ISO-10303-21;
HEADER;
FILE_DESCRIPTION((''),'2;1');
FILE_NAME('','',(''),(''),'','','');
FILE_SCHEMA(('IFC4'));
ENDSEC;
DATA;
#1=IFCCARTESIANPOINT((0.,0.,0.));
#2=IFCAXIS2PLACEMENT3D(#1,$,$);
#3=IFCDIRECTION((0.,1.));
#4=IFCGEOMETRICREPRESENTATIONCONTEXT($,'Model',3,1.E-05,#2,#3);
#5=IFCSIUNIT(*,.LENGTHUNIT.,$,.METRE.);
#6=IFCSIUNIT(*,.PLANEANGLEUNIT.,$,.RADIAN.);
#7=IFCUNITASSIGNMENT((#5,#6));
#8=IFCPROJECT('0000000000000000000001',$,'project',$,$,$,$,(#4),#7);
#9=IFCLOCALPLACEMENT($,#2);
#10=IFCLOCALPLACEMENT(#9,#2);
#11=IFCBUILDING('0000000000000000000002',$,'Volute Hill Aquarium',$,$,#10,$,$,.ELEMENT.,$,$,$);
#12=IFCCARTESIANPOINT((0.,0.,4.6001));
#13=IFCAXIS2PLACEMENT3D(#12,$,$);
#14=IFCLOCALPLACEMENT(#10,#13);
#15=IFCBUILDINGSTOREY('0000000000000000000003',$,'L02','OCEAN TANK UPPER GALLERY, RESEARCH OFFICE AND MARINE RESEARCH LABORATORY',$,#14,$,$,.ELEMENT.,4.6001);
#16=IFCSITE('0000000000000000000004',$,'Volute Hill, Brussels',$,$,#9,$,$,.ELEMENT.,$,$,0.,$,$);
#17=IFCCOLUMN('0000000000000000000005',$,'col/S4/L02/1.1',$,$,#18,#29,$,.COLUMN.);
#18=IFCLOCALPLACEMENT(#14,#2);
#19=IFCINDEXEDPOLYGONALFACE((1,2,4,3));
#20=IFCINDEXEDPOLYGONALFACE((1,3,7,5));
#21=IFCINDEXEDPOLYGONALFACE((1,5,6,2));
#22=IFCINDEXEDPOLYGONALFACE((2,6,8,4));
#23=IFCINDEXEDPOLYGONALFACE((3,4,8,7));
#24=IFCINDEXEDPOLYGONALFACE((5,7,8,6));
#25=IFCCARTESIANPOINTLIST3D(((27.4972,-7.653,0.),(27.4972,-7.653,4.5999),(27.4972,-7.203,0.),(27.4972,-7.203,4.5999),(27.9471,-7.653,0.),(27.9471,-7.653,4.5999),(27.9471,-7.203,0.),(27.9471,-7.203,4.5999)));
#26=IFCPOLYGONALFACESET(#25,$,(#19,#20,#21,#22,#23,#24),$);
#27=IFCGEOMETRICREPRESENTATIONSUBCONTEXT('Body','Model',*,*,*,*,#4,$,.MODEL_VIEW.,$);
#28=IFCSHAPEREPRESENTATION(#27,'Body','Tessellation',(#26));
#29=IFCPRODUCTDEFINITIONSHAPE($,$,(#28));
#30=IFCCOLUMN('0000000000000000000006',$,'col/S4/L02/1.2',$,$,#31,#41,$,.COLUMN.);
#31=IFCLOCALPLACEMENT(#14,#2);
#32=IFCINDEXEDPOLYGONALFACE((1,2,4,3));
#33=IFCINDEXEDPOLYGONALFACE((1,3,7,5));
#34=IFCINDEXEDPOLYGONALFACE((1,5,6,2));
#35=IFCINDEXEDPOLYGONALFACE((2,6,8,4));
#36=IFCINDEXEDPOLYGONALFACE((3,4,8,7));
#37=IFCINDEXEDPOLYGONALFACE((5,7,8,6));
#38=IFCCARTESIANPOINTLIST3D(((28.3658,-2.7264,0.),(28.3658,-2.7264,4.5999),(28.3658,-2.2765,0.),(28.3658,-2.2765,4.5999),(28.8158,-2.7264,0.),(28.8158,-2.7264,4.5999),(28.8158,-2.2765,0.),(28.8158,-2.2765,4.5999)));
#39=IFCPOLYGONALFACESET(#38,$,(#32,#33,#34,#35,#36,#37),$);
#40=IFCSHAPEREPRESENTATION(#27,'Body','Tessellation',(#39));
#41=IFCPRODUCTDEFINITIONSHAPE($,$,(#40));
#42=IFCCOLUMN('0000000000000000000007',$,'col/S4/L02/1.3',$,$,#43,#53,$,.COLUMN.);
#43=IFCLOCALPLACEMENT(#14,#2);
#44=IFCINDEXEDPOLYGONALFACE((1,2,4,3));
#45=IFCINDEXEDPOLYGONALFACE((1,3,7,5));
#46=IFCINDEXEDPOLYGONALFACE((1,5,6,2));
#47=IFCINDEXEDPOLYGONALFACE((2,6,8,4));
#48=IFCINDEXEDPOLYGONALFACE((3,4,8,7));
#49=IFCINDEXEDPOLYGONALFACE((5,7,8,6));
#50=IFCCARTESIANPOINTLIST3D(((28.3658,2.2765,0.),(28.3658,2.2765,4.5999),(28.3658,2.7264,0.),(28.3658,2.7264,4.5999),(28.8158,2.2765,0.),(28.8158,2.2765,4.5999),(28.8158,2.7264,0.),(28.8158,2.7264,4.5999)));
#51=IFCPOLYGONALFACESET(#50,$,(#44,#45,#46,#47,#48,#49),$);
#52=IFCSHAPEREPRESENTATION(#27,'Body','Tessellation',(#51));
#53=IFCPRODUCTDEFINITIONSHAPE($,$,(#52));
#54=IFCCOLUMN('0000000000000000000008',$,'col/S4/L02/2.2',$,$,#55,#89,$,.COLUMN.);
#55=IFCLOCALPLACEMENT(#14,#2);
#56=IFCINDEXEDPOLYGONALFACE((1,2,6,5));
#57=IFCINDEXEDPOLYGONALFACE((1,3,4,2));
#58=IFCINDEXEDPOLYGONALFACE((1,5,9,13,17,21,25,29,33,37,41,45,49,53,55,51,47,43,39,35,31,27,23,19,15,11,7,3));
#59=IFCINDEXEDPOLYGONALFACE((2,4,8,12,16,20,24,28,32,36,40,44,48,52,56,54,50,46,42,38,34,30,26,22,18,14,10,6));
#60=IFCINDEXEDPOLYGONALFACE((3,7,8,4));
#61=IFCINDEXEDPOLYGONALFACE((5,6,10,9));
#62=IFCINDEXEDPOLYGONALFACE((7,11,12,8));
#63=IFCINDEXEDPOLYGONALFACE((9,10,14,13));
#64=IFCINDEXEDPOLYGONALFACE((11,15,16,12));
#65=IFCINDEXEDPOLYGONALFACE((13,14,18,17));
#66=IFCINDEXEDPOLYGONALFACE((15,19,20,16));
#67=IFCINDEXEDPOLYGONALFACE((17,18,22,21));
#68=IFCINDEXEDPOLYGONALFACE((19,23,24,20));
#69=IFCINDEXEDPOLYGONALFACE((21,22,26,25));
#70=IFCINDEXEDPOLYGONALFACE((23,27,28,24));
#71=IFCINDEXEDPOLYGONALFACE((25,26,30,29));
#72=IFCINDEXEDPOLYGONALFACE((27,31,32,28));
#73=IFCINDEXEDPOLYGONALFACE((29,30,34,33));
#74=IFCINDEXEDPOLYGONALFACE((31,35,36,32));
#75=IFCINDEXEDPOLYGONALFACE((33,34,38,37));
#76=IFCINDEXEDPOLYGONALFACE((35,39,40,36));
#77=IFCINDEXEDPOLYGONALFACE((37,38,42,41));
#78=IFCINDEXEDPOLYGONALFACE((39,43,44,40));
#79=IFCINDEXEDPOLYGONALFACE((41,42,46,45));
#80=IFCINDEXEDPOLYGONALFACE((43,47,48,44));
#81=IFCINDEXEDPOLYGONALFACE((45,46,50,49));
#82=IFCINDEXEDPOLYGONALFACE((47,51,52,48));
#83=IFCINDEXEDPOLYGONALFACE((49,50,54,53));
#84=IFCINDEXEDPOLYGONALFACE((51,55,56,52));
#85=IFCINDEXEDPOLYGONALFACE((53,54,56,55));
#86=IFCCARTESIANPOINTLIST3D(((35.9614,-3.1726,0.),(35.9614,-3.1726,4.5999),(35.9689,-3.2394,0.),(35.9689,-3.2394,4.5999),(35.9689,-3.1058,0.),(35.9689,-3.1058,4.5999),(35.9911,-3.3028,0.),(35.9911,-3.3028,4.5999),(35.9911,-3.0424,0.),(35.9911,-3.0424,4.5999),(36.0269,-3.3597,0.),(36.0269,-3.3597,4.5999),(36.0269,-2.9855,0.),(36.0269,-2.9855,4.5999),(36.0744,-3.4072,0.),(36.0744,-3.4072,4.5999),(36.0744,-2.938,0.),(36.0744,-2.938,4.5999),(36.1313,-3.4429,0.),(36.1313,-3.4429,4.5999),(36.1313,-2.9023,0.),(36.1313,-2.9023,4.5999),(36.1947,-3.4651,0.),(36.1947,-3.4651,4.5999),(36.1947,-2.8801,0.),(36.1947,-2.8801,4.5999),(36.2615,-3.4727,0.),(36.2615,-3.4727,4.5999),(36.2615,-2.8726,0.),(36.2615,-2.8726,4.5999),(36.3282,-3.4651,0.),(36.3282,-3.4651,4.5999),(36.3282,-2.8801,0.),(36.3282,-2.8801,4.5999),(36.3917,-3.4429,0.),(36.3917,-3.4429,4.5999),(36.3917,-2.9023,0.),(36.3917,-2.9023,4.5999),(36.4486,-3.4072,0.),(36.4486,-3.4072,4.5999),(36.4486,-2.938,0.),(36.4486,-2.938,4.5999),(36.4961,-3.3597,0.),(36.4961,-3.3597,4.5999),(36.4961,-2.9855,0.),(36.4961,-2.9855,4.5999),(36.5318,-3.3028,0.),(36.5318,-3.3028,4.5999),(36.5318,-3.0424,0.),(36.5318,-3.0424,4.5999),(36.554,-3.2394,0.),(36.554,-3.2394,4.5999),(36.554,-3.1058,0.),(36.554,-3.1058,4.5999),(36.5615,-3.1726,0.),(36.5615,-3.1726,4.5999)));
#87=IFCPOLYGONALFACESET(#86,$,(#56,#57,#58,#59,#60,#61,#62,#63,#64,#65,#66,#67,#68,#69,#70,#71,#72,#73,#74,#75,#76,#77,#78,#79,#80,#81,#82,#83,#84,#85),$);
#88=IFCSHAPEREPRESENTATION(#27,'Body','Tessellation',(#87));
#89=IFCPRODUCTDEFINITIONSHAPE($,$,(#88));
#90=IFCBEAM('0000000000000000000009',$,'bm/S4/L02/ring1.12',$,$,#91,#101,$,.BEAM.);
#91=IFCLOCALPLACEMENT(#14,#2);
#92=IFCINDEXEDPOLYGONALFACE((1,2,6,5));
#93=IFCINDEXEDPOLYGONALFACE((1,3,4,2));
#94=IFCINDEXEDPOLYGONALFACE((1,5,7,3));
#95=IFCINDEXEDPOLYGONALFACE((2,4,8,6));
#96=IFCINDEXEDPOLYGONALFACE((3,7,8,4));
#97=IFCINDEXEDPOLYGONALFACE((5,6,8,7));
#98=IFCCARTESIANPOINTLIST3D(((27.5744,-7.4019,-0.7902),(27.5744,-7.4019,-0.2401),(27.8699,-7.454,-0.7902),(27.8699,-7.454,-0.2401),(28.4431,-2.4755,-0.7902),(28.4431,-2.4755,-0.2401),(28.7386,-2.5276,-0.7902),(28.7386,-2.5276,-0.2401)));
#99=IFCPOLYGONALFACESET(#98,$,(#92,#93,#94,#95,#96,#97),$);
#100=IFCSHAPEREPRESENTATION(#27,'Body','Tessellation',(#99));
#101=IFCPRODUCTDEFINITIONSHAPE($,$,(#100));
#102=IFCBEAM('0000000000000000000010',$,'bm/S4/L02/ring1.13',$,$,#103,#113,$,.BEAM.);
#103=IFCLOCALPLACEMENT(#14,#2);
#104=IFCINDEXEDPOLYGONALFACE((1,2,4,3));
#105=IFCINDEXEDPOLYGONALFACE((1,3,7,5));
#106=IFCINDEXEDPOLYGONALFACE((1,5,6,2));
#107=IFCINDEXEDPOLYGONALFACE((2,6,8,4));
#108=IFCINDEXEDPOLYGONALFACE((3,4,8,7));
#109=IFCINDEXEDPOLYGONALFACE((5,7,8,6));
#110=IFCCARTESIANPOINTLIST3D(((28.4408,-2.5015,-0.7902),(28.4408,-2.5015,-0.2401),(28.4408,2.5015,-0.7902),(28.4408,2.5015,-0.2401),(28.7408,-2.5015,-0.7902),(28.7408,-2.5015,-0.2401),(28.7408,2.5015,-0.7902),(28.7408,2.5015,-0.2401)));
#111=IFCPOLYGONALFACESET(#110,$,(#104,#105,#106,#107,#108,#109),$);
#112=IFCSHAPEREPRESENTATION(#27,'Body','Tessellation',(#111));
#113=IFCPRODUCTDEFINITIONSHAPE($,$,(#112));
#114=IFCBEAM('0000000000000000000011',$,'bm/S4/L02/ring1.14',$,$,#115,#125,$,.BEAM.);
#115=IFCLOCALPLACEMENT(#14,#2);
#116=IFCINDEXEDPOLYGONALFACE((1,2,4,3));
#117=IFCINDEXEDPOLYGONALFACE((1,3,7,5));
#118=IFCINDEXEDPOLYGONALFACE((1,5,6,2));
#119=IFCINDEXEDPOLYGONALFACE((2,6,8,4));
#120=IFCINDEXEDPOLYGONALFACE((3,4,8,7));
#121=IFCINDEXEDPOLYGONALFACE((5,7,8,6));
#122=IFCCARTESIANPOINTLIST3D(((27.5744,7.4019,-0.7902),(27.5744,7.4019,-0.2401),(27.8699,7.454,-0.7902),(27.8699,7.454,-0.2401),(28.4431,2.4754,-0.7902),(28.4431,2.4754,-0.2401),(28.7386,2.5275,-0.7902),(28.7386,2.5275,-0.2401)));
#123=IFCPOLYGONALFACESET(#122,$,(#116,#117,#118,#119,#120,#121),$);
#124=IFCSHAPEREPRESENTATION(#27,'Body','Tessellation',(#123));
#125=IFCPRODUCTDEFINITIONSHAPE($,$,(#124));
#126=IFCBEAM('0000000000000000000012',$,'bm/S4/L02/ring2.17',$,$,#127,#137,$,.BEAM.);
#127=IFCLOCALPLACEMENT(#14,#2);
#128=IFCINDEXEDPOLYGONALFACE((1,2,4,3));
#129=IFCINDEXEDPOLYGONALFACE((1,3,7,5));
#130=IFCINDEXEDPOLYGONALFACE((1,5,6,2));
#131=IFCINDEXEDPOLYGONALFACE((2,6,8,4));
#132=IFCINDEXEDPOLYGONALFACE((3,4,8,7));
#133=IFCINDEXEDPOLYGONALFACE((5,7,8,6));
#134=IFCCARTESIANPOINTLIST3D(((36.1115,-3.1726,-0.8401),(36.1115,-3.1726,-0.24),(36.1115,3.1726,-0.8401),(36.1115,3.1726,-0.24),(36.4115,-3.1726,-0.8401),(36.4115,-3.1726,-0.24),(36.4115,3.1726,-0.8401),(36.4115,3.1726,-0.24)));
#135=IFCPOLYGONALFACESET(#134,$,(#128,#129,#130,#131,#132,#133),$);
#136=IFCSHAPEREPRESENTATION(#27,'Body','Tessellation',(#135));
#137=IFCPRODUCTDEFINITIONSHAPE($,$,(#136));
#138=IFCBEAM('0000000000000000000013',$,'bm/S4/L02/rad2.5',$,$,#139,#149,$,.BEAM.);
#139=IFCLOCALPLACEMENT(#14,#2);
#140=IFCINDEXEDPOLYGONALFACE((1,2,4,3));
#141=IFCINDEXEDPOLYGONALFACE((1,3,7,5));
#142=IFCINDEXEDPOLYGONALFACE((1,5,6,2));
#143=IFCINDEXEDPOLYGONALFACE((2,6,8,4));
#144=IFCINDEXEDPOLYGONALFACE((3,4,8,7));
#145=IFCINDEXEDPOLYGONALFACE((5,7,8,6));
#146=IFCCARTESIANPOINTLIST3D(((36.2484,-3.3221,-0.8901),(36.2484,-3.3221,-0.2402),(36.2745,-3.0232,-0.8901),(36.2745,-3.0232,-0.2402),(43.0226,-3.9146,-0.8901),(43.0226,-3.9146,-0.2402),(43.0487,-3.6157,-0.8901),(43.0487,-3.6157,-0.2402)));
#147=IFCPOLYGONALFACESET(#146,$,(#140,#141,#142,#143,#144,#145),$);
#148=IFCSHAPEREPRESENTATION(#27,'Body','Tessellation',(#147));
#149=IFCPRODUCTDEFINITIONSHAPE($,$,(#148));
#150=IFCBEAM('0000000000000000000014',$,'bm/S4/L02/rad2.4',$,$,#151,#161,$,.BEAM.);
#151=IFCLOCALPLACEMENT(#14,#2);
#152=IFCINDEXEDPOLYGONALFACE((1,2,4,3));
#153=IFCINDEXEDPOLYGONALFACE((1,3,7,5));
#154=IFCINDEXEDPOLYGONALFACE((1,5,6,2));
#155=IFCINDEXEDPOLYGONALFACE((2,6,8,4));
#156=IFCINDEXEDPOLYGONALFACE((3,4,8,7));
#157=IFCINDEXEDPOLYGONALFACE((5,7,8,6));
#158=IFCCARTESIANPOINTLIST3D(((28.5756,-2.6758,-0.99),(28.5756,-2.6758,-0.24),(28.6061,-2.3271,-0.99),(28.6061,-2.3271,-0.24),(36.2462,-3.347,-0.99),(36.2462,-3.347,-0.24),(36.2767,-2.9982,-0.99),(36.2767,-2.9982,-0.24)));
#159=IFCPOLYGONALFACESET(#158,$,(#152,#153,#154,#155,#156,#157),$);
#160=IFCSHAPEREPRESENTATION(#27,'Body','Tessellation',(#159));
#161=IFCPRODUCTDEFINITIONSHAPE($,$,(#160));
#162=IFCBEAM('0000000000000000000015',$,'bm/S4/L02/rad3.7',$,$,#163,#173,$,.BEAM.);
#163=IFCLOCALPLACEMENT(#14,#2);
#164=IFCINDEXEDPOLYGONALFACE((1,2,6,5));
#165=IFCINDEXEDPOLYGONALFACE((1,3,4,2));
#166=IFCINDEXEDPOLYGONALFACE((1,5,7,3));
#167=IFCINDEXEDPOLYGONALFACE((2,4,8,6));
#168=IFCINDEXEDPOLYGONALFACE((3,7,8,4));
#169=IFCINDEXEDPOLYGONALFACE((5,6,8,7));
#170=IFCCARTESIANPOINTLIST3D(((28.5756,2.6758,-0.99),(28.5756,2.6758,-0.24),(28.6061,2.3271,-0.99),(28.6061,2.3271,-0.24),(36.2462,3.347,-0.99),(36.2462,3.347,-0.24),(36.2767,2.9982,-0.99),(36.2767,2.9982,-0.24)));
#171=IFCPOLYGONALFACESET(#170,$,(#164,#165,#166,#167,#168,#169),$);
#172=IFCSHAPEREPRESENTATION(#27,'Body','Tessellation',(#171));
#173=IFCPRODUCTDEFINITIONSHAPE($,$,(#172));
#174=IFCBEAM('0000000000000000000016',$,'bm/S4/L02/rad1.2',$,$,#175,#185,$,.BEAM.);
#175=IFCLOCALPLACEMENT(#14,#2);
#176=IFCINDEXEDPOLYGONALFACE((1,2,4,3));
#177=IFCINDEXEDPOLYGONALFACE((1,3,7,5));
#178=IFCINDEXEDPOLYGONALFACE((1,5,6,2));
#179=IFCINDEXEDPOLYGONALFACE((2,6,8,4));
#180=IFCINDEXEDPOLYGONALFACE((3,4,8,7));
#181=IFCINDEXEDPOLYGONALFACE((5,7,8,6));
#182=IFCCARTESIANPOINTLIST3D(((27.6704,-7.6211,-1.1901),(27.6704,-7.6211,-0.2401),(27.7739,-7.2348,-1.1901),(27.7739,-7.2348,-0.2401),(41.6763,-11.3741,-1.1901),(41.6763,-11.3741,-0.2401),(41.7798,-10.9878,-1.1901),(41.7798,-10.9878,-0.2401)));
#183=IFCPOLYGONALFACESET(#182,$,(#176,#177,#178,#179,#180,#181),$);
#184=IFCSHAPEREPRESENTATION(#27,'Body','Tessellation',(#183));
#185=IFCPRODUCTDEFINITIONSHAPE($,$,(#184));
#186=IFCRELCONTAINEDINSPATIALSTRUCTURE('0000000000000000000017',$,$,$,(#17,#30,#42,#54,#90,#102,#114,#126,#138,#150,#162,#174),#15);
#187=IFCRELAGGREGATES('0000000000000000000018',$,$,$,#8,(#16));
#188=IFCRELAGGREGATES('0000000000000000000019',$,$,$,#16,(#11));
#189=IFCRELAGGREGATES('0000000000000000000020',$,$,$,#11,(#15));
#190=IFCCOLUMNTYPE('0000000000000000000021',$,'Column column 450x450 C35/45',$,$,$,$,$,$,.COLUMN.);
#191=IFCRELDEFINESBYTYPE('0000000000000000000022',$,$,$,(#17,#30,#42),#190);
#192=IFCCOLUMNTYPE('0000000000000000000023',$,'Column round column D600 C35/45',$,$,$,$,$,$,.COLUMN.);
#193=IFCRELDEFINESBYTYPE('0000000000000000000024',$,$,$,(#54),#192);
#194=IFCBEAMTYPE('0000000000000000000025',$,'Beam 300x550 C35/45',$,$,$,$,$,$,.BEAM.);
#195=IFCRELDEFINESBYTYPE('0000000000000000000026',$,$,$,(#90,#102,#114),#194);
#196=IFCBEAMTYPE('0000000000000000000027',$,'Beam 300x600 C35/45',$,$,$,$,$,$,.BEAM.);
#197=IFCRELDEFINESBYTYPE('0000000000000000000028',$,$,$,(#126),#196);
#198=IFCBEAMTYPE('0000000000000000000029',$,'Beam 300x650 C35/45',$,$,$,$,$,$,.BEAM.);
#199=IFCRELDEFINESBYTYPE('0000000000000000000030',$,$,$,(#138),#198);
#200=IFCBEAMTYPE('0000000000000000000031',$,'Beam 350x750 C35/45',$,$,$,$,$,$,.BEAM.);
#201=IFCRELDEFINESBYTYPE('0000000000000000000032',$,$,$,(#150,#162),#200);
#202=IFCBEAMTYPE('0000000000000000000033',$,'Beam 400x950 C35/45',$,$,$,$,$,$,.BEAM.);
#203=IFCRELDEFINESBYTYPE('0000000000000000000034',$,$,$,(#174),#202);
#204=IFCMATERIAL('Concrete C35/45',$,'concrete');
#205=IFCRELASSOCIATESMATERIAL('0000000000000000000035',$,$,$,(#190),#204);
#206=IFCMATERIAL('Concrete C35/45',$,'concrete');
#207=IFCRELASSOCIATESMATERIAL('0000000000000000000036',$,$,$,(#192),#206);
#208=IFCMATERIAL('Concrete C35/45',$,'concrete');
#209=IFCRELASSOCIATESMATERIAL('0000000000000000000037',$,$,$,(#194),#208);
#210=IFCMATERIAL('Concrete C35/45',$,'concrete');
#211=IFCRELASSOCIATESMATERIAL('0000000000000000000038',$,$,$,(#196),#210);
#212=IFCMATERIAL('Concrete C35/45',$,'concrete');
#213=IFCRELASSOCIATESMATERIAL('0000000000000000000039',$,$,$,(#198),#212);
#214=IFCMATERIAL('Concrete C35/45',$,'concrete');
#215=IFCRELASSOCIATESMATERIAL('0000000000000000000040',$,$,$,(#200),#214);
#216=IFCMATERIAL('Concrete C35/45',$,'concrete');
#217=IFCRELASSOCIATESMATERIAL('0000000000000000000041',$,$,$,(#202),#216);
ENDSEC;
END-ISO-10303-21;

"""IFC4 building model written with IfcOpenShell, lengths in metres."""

from ifc_helpers import new_model, si_unit, direction, frame, origin, origin_2d, place, context, subcontext, project, spatial, rectangle, circle, extrude, material, material_profile, profile_set, type_object, element, save


model = new_model("IFC4")

# Units and contexts
model_context = context("Model", 3, precision=1e-05, world=origin(), true_north=direction((0.0, 1.0)))
body_context = subcontext(model_context, "Body", "Model", "MODEL_VIEW")
ifc_project = project(units=[si_unit("LENGTHUNIT", "METRE"), si_unit("PLANEANGLEUNIT", "RADIAN")], contexts=[model_context])

# Site, building, storey
site_placement = place(None, origin())
site = spatial("IfcSite", under=ifc_project, at=site_placement, Name="Volute Hill, Brussels", CompositionType="ELEMENT", RefElevation=0.0)
building_placement = place(site_placement, origin())
building = spatial("IfcBuilding", under=site, at=building_placement, Name="Volute Hill Aquarium", CompositionType="ELEMENT")
storey_placement = place(building_placement, frame((0.0, 0.0, 4.6001)))
storey = spatial("IfcBuildingStorey", under=building, at=storey_placement, Name="L02", Description="OCEAN TANK UPPER GALLERY, RESEARCH OFFICE AND MARINE RESEARCH LABORATORY", CompositionType="ELEMENT", Elevation=4.6001)

# Columns
ifc_material_1 = material(Name="Concrete C35/45", Category="concrete")
ifc_material_profile_1 = material_profile(ifc_material_1, rectangle(XDim=0.45, YDim=0.45, at=origin_2d()), Name="RC column 450x450")
ifc_profile_set_1 = profile_set([ifc_material_profile_1], Name="Concrete C35/45")
column_type_1 = type_object("IfcColumnType", Name="Column column 450x450 C35/45", PredefinedType="COLUMN", material=ifc_profile_set_1)
for number, where, z_axis, x_axis, name in (
    (1, (27.7222, -7.428, 0.0), (0.0, 0.0, 1.0), (1.0, 0.0, 0.0), "col/S4/L02/1.1"),
    (2, (28.5908, -2.5015, 0.0), (0.0, 0.0, 1.0), (1.0, 0.0, 0.0), "col/S4/L02/1.2"),
    (3, (28.5908, 2.5015, 0.0), (0.0, 0.0, 1.0), (1.0, 0.0, 0.0), "col/S4/L02/1.3"),
):
    element("IfcColumn", number, at=place(storey_placement, frame(where, z_axis=z_axis, x_axis=x_axis)), inside=storey, type_object=column_type_1, Name=name, PredefinedType="COLUMN", context=body_context, shape_type="SweptSolid", body=[
        extrude(rectangle(XDim=0.45, YDim=0.45, at=origin_2d()), origin(), (0.0, 0.0, 1.0), 4.5999),
    ])
ifc_material_2 = material(Name="Concrete C35/45", Category="concrete")
ifc_material_profile_2 = material_profile(ifc_material_2, circle(Radius=0.3, at=origin_2d()), Name="RC round column D600")
ifc_profile_set_2 = profile_set([ifc_material_profile_2], Name="Concrete C35/45")
column_type_2 = type_object("IfcColumnType", Name="Column round column D600 C35/45", PredefinedType="COLUMN", material=ifc_profile_set_2)
column_placement = place(storey_placement, frame((36.2615, -3.1726, 0.0), z_axis=(0.0, 0.0, 1.0), x_axis=(1.0, 0.0, 0.0)))
element("IfcColumn", 4, at=column_placement, inside=storey, type_object=column_type_2, Name="col/S4/L02/2.2", PredefinedType="COLUMN", context=body_context, shape_type="SweptSolid", body=[
    extrude(circle(Radius=0.3, at=origin_2d()), origin(), (0.0, 0.0, 1.0), 4.5999),
])

# Beams
ifc_material_3 = material(Name="Concrete C35/45", Category="concrete")
ifc_material_profile_3 = material_profile(ifc_material_3, rectangle(XDim=0.3, YDim=0.55, at=origin_2d()), Name="RC beam 300x550")
ifc_profile_set_3 = profile_set([ifc_material_profile_3], Name="Concrete C35/45")
beam_type_1 = type_object("IfcBeamType", Name="Beam 300x550 C35/45", PredefinedType="BEAM", material=ifc_profile_set_3)
beam_1_placement = place(storey_placement, frame((27.7222, -7.428, -0.5151), z_axis=(0.173643, 0.984809, 0.0), x_axis=(-0.984809, 0.173643, 0.0)))
element("IfcBeam", 5, at=beam_1_placement, inside=storey, type_object=beam_type_1, Name="bm/S4/L02/ring1.12", PredefinedType="BEAM", context=body_context, shape_type="SweptSolid", body=[
    extrude(rectangle(XDim=0.3, YDim=0.55, at=origin_2d()), origin(), (0.0, 0.0, 1.0), 5.0024),
])
beam_2_placement = place(storey_placement, frame((28.5908, -2.5015, -0.5151), z_axis=(0.0, 1.0, 0.0), x_axis=(-1.0, 0.0, 0.0)))
element("IfcBeam", 6, at=beam_2_placement, inside=storey, type_object=beam_type_1, Name="bm/S4/L02/ring1.13", PredefinedType="BEAM", context=body_context, shape_type="SweptSolid", body=[
    extrude(rectangle(XDim=0.3, YDim=0.55, at=origin_2d()), origin(), (0.0, 0.0, 1.0), 5.0029),
])
beam_3_placement = place(storey_placement, frame((28.5908, 2.5015, -0.5151), z_axis=(-0.173643, 0.984809, 0.0), x_axis=(-0.984809, -0.173643, 0.0)))
element("IfcBeam", 7, at=beam_3_placement, inside=storey, type_object=beam_type_1, Name="bm/S4/L02/ring1.14", PredefinedType="BEAM", context=body_context, shape_type="SweptSolid", body=[
    extrude(rectangle(XDim=0.3, YDim=0.55, at=origin_2d()), origin(), (0.0, 0.0, 1.0), 5.0024),
])
ifc_material_4 = material(Name="Concrete C35/45", Category="concrete")
ifc_material_profile_4 = material_profile(ifc_material_4, rectangle(XDim=0.3, YDim=0.6001, at=origin_2d()), Name="RC beam 300x600")
ifc_profile_set_4 = profile_set([ifc_material_profile_4], Name="Concrete C35/45")
beam_type_2 = type_object("IfcBeamType", Name="Beam 300x600 C35/45", PredefinedType="BEAM", material=ifc_profile_set_4)
beam_4_placement = place(storey_placement, frame((36.2615, -3.1726, -0.54), z_axis=(0.0, 1.0, 0.0), x_axis=(-1.0, 0.0, 0.0)))
element("IfcBeam", 8, at=beam_4_placement, inside=storey, type_object=beam_type_2, Name="bm/S4/L02/ring2.17", PredefinedType="BEAM", context=body_context, shape_type="SweptSolid", body=[
    extrude(rectangle(XDim=0.3, YDim=0.6001, at=origin_2d()), origin(), (0.0, 0.0, 1.0), 6.3452),
])
ifc_material_5 = material(Name="Concrete C35/45", Category="concrete")
ifc_material_profile_5 = material_profile(ifc_material_5, rectangle(XDim=0.3, YDim=0.6499, at=origin_2d()), Name="RC beam 300x650")
ifc_profile_set_5 = profile_set([ifc_material_profile_5], Name="Concrete C35/45")
beam_type_3 = type_object("IfcBeamType", Name="Beam 300x650 C35/45", PredefinedType="BEAM", material=ifc_profile_set_5)
beam_5_placement = place(storey_placement, frame((36.2615, -3.1726, -0.5652), z_axis=(0.996196, -0.087136, 0.0), x_axis=(0.087136, 0.996196, 0.0)))
element("IfcBeam", 9, at=beam_5_placement, inside=storey, type_object=beam_type_3, Name="bm/S4/L02/rad2.5", PredefinedType="BEAM", context=body_context, shape_type="SweptSolid", body=[
    extrude(rectangle(XDim=0.3, YDim=0.6499, at=origin_2d()), origin(), (0.0, 0.0, 1.0), 6.8),
])
ifc_material_6 = material(Name="Concrete C35/45", Category="concrete")
ifc_material_profile_6 = material_profile(ifc_material_6, rectangle(XDim=0.3501, YDim=0.75, at=origin_2d()), Name="RC beam 350x750")
ifc_profile_set_6 = profile_set([ifc_material_profile_6], Name="Concrete C35/45")
beam_type_4 = type_object("IfcBeamType", Name="Beam 350x750 C35/45", PredefinedType="BEAM", material=ifc_profile_set_6)
for number, where, z_axis, x_axis, name in (
    (10, (28.5908, -2.5015, -0.615), (0.996194, -0.087162, 0.0), (0.087162, 0.996194, 0.0), "bm/S4/L02/rad2.4"),
    (11, (28.5908, 2.5015, -0.615), (0.996194, 0.087162, 0.0), (-0.087162, 0.996194, 0.0), "bm/S4/L02/rad3.7"),
):
    element("IfcBeam", number, at=place(storey_placement, frame(where, z_axis=z_axis, x_axis=x_axis)), inside=storey, type_object=beam_type_4, Name=name, PredefinedType="BEAM", context=body_context, shape_type="SweptSolid", body=[
        extrude(rectangle(XDim=0.3501, YDim=0.75, at=origin_2d()), origin(), (0.0, 0.0, 1.0), 7.7),
    ])
ifc_material_7 = material(Name="Concrete C35/45", Category="concrete")
ifc_material_profile_7 = material_profile(ifc_material_7, rectangle(XDim=0.3999, YDim=0.95, at=origin_2d()), Name="RC beam 400x950")
ifc_profile_set_7 = profile_set([ifc_material_profile_7], Name="Concrete C35/45")
beam_type_5 = type_object("IfcBeamType", Name="Beam 400x950 C35/45", PredefinedType="BEAM", material=ifc_profile_set_7)
beam_6_placement = place(storey_placement, frame((27.7222, -7.428, -0.7151), z_axis=(0.965925, -0.258824, 0.0), x_axis=(0.258824, 0.965925, 0.0)))
element("IfcBeam", 12, at=beam_6_placement, inside=storey, type_object=beam_type_5, Name="bm/S4/L02/rad1.2", PredefinedType="BEAM", context=body_context, shape_type="SweptSolid", body=[
    extrude(rectangle(XDim=0.3999, YDim=0.95, at=origin_2d()), origin(), (0.0, 0.0, 1.0), 14.5),
])

save(model, "model.ifc")
